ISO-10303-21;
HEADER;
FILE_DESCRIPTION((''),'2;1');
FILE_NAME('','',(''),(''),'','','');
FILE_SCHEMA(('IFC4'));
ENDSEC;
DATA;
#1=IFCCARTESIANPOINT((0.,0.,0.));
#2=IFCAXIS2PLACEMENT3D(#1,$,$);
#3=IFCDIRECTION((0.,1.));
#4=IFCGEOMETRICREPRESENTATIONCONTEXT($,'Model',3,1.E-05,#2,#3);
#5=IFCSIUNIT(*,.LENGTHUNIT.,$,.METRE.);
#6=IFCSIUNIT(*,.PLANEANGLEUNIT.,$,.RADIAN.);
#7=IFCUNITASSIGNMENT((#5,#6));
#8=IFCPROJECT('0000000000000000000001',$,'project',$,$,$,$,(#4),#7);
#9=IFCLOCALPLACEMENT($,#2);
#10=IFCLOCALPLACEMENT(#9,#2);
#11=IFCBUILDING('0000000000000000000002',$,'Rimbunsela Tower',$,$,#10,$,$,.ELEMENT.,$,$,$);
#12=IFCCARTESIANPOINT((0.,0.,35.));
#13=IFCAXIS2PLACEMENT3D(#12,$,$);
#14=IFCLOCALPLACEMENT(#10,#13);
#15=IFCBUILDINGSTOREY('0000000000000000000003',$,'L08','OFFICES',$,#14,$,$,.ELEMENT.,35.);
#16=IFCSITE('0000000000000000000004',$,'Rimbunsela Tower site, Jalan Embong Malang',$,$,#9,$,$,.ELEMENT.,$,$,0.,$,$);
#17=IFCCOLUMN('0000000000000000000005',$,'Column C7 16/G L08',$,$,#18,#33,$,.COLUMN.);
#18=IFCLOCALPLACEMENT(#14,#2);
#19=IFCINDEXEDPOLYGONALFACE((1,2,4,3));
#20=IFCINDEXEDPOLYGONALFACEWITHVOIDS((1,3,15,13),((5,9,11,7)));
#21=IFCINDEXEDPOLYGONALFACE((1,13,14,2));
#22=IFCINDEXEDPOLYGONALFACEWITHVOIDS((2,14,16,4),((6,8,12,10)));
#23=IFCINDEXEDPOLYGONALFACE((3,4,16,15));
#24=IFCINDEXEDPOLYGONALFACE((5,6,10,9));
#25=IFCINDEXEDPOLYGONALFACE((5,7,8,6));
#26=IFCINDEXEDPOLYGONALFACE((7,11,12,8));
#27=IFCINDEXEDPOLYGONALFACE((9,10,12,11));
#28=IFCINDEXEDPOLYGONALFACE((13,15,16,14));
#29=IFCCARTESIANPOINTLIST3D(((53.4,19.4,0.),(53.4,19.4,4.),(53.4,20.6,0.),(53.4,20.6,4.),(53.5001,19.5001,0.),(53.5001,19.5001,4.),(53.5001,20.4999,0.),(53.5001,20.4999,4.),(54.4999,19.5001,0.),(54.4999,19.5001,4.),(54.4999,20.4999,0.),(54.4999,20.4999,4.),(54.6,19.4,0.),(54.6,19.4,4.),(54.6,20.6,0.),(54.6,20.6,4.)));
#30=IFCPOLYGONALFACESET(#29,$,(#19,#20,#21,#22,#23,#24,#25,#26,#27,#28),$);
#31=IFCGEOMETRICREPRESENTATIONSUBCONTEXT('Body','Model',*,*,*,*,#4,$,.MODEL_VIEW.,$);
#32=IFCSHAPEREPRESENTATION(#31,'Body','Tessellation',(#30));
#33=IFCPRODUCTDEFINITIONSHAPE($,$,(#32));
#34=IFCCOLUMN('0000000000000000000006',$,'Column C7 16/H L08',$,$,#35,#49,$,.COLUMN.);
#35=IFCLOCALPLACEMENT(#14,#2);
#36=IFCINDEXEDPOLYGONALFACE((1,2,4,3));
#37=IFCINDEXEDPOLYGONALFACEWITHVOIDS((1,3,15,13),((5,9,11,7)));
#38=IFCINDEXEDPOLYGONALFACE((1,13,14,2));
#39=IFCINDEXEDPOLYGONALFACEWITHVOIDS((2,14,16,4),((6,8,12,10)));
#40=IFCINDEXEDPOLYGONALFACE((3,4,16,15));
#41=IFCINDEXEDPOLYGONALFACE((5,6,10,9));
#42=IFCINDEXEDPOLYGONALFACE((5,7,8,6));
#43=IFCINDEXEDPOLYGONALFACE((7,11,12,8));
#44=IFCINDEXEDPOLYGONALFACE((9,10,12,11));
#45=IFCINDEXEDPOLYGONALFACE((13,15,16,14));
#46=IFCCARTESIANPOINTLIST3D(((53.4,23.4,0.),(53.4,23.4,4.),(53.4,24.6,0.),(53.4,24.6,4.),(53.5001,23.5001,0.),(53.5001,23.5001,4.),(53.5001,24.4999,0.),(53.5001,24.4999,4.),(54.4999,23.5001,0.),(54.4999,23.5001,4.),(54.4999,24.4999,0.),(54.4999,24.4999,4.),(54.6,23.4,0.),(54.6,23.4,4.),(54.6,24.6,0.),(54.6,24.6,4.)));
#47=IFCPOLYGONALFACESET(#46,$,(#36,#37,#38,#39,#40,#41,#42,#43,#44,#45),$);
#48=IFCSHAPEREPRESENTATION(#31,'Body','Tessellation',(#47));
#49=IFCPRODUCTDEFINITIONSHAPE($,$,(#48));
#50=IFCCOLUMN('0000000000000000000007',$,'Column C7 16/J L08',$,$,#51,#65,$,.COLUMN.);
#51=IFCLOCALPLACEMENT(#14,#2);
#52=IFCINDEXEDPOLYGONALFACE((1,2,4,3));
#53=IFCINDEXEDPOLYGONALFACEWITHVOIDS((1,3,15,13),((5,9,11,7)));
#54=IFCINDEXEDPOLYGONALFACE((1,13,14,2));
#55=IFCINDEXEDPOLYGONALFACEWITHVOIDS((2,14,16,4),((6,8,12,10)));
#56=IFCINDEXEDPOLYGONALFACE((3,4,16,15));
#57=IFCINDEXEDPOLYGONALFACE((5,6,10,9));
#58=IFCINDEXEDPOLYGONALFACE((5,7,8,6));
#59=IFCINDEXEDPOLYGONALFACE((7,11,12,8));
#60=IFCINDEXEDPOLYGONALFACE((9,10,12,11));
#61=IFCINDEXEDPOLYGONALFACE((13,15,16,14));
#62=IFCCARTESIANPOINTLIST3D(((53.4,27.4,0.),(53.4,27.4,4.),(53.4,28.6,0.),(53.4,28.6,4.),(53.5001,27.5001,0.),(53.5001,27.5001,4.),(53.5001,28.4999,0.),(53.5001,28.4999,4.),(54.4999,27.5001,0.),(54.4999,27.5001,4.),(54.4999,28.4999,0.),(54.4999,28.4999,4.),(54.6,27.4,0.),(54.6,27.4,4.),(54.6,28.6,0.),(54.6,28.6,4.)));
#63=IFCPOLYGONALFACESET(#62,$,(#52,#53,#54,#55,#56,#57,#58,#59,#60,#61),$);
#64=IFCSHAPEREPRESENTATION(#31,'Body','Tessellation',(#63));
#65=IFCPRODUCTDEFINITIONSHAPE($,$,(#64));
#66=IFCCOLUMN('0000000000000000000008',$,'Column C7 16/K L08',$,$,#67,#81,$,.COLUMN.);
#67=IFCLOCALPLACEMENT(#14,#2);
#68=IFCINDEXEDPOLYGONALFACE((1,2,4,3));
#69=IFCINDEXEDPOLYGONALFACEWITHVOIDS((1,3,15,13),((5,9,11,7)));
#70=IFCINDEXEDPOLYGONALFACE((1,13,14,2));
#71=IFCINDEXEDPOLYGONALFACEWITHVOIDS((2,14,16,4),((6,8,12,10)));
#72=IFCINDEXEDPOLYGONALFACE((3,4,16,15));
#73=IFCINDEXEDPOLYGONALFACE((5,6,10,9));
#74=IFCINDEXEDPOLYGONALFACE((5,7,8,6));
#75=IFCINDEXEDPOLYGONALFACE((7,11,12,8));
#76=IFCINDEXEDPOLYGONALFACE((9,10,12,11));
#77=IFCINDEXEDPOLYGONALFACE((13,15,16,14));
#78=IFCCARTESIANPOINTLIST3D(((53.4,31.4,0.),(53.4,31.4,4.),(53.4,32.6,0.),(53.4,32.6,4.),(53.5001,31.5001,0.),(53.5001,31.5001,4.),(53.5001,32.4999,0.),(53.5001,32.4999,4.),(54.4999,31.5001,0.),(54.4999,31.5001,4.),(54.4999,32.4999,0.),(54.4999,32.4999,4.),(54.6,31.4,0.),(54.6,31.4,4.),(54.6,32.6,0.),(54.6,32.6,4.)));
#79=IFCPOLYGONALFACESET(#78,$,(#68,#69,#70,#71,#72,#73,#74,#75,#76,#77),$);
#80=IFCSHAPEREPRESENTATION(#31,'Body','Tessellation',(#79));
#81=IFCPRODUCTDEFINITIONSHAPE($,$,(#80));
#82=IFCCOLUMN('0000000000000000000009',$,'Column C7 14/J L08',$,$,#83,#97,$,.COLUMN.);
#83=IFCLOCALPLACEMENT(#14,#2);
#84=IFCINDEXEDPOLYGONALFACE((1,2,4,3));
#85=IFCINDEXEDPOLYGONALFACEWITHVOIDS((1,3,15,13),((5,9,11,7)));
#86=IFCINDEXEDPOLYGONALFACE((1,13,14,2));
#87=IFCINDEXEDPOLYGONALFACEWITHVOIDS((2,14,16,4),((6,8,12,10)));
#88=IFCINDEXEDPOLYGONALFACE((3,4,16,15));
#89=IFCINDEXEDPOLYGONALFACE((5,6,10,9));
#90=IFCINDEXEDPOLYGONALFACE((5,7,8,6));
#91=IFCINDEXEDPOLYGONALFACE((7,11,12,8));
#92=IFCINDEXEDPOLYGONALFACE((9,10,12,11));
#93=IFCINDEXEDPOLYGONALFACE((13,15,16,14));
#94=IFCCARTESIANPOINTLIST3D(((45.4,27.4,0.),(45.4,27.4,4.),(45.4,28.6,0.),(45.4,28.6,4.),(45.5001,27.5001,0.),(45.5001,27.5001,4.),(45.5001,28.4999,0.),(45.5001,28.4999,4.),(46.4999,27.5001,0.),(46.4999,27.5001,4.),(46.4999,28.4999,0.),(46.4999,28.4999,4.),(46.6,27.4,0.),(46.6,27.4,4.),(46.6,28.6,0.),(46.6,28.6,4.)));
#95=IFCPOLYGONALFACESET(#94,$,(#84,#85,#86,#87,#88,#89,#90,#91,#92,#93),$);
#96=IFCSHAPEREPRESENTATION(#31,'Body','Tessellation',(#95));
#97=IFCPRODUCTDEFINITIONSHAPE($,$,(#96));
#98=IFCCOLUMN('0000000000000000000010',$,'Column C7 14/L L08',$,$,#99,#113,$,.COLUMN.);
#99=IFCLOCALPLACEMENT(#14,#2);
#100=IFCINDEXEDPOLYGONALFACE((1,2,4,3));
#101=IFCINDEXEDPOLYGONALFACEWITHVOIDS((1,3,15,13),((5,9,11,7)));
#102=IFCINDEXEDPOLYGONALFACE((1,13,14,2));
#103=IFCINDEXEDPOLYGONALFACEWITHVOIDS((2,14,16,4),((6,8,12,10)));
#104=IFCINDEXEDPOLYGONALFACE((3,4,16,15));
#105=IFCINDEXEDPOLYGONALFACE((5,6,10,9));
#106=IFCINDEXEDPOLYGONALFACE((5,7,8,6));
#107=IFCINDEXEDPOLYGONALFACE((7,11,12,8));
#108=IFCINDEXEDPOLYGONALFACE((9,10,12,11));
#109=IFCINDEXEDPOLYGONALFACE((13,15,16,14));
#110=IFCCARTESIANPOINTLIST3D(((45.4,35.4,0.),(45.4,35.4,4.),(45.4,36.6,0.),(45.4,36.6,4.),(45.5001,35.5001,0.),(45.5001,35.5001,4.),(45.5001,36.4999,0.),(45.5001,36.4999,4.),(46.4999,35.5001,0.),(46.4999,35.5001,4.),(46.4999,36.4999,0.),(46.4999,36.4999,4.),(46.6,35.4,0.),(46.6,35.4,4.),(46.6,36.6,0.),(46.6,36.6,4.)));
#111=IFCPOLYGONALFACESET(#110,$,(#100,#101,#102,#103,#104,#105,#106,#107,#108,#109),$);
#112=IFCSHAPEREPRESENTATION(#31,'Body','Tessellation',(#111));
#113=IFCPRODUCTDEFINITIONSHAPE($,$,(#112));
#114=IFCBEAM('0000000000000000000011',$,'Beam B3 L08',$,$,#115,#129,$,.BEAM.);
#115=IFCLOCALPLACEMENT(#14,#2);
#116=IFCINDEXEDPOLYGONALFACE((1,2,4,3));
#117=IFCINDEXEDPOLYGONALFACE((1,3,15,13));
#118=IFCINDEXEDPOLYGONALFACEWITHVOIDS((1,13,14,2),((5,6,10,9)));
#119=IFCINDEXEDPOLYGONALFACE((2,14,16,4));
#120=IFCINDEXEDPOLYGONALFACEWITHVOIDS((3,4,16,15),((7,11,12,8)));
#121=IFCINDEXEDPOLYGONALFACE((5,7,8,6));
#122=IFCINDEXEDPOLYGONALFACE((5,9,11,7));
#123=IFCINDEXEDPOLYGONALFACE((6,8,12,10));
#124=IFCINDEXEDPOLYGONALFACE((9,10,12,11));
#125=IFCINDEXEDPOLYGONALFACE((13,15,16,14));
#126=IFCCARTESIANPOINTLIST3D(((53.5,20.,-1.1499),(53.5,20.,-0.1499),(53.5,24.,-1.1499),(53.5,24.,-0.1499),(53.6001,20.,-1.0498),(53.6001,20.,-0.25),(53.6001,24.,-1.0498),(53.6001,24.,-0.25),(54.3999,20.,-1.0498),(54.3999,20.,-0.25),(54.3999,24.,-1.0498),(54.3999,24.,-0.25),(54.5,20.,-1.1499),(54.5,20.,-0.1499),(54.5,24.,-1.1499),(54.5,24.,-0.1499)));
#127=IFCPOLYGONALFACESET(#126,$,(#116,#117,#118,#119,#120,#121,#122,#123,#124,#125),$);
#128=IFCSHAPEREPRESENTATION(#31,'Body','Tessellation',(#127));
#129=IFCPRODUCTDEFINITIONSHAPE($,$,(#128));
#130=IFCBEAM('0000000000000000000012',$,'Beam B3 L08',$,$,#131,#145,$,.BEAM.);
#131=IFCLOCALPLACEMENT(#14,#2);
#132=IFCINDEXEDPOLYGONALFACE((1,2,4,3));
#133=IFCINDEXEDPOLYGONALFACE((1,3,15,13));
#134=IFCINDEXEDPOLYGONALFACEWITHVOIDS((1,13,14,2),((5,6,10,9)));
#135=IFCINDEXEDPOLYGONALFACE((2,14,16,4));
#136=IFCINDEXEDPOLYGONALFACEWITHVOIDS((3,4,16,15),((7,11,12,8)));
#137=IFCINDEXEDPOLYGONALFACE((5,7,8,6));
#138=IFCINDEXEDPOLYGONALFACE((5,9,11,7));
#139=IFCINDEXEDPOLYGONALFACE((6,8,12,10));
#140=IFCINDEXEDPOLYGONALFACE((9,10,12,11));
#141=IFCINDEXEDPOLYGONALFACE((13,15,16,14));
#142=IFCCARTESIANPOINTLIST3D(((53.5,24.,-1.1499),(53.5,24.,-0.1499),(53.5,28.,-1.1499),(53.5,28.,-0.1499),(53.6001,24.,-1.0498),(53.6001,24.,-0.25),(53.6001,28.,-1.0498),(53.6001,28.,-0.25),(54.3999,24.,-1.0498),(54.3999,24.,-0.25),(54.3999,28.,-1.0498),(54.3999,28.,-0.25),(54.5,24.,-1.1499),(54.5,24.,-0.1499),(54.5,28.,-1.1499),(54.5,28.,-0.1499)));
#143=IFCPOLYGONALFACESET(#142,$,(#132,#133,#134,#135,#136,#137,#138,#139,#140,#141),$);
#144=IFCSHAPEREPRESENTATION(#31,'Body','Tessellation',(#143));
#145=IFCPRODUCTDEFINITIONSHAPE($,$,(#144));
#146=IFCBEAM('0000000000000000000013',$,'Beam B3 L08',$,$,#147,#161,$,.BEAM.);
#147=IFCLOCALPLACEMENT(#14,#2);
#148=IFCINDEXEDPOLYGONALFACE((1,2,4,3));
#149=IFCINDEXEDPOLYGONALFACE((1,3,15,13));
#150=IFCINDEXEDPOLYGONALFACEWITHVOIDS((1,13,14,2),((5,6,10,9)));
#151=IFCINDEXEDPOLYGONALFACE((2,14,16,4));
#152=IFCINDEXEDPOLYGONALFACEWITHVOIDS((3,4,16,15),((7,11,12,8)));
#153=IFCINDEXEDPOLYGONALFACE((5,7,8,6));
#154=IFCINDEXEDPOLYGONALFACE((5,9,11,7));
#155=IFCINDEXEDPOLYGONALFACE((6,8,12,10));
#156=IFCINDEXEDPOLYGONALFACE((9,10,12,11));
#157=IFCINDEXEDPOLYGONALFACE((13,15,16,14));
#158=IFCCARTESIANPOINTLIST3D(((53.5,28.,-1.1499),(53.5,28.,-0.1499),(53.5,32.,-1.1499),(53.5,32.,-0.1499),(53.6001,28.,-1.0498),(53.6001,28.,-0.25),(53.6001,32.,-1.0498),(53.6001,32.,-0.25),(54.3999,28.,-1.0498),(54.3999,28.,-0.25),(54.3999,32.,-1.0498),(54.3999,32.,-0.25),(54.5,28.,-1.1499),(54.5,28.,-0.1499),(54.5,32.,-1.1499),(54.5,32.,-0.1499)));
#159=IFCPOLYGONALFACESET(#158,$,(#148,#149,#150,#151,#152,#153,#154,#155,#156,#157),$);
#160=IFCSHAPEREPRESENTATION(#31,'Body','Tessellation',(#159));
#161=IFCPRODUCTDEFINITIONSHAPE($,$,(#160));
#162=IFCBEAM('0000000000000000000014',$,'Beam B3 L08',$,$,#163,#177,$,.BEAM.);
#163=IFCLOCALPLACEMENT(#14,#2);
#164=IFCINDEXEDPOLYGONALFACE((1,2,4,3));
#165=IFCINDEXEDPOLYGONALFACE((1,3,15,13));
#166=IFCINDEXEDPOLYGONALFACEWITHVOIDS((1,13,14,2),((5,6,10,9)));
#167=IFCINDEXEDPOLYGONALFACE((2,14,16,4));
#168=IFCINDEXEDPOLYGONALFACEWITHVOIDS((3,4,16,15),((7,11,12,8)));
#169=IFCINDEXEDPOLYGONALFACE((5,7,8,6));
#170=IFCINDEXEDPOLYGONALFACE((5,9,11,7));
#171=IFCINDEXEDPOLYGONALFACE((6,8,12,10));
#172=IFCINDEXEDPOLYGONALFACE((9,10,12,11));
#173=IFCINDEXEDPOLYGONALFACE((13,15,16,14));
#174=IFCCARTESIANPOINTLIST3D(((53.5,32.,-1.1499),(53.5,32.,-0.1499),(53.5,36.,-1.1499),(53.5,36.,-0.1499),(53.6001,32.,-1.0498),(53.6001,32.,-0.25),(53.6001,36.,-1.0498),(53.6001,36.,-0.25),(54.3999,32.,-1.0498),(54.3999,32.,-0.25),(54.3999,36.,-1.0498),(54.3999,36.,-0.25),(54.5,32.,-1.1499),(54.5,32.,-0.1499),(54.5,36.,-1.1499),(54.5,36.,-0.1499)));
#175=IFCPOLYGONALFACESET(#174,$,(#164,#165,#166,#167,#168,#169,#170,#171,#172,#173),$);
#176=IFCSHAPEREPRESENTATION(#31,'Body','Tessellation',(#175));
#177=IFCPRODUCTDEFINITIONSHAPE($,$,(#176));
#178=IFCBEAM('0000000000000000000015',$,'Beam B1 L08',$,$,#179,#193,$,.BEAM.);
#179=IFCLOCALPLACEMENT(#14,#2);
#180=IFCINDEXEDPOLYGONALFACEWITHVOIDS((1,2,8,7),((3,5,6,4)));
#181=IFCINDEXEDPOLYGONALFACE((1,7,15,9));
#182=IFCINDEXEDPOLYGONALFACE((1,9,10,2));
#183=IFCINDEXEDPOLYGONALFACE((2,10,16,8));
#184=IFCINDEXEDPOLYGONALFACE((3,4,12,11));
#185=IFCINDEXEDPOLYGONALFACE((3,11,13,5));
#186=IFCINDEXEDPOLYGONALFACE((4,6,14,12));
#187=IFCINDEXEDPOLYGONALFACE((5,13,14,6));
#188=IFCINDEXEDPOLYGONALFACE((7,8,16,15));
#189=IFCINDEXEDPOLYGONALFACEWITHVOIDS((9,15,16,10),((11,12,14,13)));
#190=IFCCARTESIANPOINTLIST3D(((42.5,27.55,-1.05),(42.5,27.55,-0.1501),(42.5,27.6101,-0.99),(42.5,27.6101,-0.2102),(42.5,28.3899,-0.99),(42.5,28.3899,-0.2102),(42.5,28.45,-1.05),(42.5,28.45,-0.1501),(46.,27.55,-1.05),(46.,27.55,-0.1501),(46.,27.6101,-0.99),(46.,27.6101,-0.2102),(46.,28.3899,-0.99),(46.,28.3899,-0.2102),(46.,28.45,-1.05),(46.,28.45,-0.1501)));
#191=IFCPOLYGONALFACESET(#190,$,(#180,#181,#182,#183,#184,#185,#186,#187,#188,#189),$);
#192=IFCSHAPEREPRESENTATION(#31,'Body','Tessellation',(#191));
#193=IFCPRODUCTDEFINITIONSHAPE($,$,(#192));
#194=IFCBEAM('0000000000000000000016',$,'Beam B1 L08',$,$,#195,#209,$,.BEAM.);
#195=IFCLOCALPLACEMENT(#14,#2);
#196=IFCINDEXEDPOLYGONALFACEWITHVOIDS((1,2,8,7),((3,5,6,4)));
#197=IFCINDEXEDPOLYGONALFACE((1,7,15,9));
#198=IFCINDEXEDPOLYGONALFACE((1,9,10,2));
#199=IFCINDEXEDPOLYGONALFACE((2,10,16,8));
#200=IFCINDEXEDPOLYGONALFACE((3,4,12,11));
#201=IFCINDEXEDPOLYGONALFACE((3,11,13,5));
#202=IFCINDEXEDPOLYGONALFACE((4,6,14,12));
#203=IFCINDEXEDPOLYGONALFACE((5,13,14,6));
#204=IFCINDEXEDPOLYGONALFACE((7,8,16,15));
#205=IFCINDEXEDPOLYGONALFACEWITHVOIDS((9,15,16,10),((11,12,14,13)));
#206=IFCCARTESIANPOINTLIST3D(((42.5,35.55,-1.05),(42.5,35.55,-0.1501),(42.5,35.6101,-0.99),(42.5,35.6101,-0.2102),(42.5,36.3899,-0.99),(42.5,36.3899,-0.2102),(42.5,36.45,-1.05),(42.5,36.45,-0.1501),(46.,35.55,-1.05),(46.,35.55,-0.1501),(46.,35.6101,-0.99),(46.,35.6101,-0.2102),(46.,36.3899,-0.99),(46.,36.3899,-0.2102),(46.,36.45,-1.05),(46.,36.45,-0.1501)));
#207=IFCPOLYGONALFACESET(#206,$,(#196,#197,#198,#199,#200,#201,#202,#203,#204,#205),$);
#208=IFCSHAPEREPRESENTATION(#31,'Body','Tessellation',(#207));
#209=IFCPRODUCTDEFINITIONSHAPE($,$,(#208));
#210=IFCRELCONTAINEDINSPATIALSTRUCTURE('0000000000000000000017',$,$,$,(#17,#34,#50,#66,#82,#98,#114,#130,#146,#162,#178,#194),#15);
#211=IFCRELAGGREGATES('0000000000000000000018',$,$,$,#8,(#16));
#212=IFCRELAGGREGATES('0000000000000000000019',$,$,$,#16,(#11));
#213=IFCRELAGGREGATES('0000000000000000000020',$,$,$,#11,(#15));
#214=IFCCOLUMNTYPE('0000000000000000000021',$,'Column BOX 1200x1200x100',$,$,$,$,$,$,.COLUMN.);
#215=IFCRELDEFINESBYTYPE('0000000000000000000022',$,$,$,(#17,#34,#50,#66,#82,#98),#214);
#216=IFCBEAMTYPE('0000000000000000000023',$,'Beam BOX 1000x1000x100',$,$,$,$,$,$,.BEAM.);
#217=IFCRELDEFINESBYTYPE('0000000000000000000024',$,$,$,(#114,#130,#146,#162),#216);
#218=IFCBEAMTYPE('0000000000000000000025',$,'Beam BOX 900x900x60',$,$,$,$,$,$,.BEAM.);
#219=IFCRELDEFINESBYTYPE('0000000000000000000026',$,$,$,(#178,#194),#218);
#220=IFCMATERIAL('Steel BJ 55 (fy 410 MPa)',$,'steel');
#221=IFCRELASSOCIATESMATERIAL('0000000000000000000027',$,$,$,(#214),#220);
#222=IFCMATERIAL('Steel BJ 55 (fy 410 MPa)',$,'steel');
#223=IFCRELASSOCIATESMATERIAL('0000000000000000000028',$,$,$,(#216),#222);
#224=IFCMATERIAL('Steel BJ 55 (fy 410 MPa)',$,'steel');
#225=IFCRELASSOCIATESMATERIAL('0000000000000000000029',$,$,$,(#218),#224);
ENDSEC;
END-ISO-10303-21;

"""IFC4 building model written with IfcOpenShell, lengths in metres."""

from ifc_helpers import new_model, si_unit, direction, frame, origin, origin_2d, place, context, subcontext, project, spatial, hollow_rectangle, extrude, material, material_profile, profile_set, type_object, element, save


model = new_model("IFC4")

# Units and contexts
model_context = context("Model", 3, precision=1e-05, world=origin(), true_north=direction((0.0, 1.0)))
body_context = subcontext(model_context, "Body", "Model", "MODEL_VIEW")
ifc_project = project(units=[si_unit("LENGTHUNIT", "METRE"), si_unit("PLANEANGLEUNIT", "RADIAN")], contexts=[model_context])

# Site, building, storey
site_placement = place(None, origin())
site = spatial("IfcSite", under=ifc_project, at=site_placement, Name="Rimbunsela Tower site, Jalan Embong Malang", CompositionType="ELEMENT", RefElevation=0.0)
building_placement = place(site_placement, origin())
building = spatial("IfcBuilding", under=site, at=building_placement, Name="Rimbunsela Tower", CompositionType="ELEMENT")
storey_placement = place(building_placement, frame((0.0, 0.0, 35.0)))
storey = spatial("IfcBuildingStorey", under=building, at=storey_placement, Name="L08", Description="OFFICES", CompositionType="ELEMENT", Elevation=35.0)

# Columns
ifc_material_1 = material(Name="Steel BJ 55 (fy 410 MPa)", Category="steel")
ifc_material_profile_1 = material_profile(ifc_material_1, hollow_rectangle(XDim=1.2, YDim=1.2, WallThickness=0.1001, at=origin_2d()), Name="BOX 1200x1200x100")
ifc_profile_set_1 = profile_set([ifc_material_profile_1], Name="Steel BJ 55 (fy 410 MPa)")
column_type = type_object("IfcColumnType", Name="Column BOX 1200x1200x100", PredefinedType="COLUMN", material=ifc_profile_set_1)
for number, where, z_axis, x_axis, name in (
    (1, (54.0, 20.0, 0.0), (0.0, 0.0, 1.0), (1.0, 0.0, 0.0), "Column C7 16/G L08"),
    (2, (54.0, 24.0, 0.0), (0.0, 0.0, 1.0), (1.0, 0.0, 0.0), "Column C7 16/H L08"),
    (3, (54.0, 28.0, 0.0), (0.0, 0.0, 1.0), (1.0, 0.0, 0.0), "Column C7 16/J L08"),
    (4, (54.0, 32.0, 0.0), (0.0, 0.0, 1.0), (1.0, 0.0, 0.0), "Column C7 16/K L08"),
    (5, (46.0, 28.0, 0.0), (0.0, 0.0, 1.0), (1.0, 0.0, 0.0), "Column C7 14/J L08"),
    (6, (46.0, 36.0, 0.0), (0.0, 0.0, 1.0), (1.0, 0.0, 0.0), "Column C7 14/L L08"),
):
    element("IfcColumn", number, at=place(storey_placement, frame(where, z_axis=z_axis, x_axis=x_axis)), inside=storey, type_object=column_type, Name=name, PredefinedType="COLUMN", context=body_context, shape_type="SweptSolid", body=[
        extrude(hollow_rectangle(XDim=1.2, YDim=1.2, WallThickness=0.1001, at=origin_2d()), origin(), (0.0, 0.0, 1.0), 4.0),
    ])

# Beams
ifc_material_2 = material(Name="Steel BJ 55 (fy 410 MPa)", Category="steel")
ifc_material_profile_2 = material_profile(ifc_material_2, hollow_rectangle(XDim=1.0, YDim=1.0, WallThickness=0.1001, at=origin_2d()), Name="BOX 1000x1000x100")
ifc_profile_set_2 = profile_set([ifc_material_profile_2], Name="Steel BJ 55 (fy 410 MPa)")
beam_type_1 = type_object("IfcBeamType", Name="Beam BOX 1000x1000x100", PredefinedType="BEAM", material=ifc_profile_set_2)
for number, where, z_axis, x_axis, name in (
    (7, (54.0, 20.0, -0.6499), (0.0, 1.0, 0.0), (-1.0, 0.0, 0.0), "Beam B3 L08"),
    (8, (54.0, 24.0, -0.6499), (0.0, 1.0, 0.0), (-1.0, 0.0, 0.0), "Beam B3 L08"),
    (9, (54.0, 28.0, -0.6499), (0.0, 1.0, 0.0), (-1.0, 0.0, 0.0), "Beam B3 L08"),
    (10, (54.0, 32.0, -0.6499), (0.0, 1.0, 0.0), (-1.0, 0.0, 0.0), "Beam B3 L08"),
):
    element("IfcBeam", number, at=place(storey_placement, frame(where, z_axis=z_axis, x_axis=x_axis)), inside=storey, type_object=beam_type_1, Name=name, PredefinedType="BEAM", context=body_context, shape_type="SweptSolid", body=[
        extrude(hollow_rectangle(XDim=1.0, YDim=1.0, WallThickness=0.1001, at=origin_2d()), origin(), (0.0, 0.0, 1.0), 4.0),
    ])
ifc_material_3 = material(Name="Steel BJ 55 (fy 410 MPa)", Category="steel")
ifc_material_profile_3 = material_profile(ifc_material_3, hollow_rectangle(XDim=0.8999, YDim=0.8999, WallThickness=0.0601, at=origin_2d()), Name="BOX 900x900x60")
ifc_profile_set_3 = profile_set([ifc_material_profile_3], Name="Steel BJ 55 (fy 410 MPa)")
beam_type_2 = type_object("IfcBeamType", Name="Beam BOX 900x900x60", PredefinedType="BEAM", material=ifc_profile_set_3)
for number, where, z_axis, x_axis, name in (
    (11, (42.5, 28.0, -0.6001), (1.0, 0.0, 0.0), (0.0, 1.0, 0.0), "Beam B1 L08"),
    (12, (42.5, 36.0, -0.6001), (1.0, 0.0, 0.0), (0.0, 1.0, 0.0), "Beam B1 L08"),
):
    element("IfcBeam", number, at=place(storey_placement, frame(where, z_axis=z_axis, x_axis=x_axis)), inside=storey, type_object=beam_type_2, Name=name, PredefinedType="BEAM", context=body_context, shape_type="SweptSolid", body=[
        extrude(hollow_rectangle(XDim=0.8999, YDim=0.8999, WallThickness=0.0601, at=origin_2d()), origin(), (0.0, 0.0, 1.0), 3.5),
    ])

save(model, "model.ifc")
